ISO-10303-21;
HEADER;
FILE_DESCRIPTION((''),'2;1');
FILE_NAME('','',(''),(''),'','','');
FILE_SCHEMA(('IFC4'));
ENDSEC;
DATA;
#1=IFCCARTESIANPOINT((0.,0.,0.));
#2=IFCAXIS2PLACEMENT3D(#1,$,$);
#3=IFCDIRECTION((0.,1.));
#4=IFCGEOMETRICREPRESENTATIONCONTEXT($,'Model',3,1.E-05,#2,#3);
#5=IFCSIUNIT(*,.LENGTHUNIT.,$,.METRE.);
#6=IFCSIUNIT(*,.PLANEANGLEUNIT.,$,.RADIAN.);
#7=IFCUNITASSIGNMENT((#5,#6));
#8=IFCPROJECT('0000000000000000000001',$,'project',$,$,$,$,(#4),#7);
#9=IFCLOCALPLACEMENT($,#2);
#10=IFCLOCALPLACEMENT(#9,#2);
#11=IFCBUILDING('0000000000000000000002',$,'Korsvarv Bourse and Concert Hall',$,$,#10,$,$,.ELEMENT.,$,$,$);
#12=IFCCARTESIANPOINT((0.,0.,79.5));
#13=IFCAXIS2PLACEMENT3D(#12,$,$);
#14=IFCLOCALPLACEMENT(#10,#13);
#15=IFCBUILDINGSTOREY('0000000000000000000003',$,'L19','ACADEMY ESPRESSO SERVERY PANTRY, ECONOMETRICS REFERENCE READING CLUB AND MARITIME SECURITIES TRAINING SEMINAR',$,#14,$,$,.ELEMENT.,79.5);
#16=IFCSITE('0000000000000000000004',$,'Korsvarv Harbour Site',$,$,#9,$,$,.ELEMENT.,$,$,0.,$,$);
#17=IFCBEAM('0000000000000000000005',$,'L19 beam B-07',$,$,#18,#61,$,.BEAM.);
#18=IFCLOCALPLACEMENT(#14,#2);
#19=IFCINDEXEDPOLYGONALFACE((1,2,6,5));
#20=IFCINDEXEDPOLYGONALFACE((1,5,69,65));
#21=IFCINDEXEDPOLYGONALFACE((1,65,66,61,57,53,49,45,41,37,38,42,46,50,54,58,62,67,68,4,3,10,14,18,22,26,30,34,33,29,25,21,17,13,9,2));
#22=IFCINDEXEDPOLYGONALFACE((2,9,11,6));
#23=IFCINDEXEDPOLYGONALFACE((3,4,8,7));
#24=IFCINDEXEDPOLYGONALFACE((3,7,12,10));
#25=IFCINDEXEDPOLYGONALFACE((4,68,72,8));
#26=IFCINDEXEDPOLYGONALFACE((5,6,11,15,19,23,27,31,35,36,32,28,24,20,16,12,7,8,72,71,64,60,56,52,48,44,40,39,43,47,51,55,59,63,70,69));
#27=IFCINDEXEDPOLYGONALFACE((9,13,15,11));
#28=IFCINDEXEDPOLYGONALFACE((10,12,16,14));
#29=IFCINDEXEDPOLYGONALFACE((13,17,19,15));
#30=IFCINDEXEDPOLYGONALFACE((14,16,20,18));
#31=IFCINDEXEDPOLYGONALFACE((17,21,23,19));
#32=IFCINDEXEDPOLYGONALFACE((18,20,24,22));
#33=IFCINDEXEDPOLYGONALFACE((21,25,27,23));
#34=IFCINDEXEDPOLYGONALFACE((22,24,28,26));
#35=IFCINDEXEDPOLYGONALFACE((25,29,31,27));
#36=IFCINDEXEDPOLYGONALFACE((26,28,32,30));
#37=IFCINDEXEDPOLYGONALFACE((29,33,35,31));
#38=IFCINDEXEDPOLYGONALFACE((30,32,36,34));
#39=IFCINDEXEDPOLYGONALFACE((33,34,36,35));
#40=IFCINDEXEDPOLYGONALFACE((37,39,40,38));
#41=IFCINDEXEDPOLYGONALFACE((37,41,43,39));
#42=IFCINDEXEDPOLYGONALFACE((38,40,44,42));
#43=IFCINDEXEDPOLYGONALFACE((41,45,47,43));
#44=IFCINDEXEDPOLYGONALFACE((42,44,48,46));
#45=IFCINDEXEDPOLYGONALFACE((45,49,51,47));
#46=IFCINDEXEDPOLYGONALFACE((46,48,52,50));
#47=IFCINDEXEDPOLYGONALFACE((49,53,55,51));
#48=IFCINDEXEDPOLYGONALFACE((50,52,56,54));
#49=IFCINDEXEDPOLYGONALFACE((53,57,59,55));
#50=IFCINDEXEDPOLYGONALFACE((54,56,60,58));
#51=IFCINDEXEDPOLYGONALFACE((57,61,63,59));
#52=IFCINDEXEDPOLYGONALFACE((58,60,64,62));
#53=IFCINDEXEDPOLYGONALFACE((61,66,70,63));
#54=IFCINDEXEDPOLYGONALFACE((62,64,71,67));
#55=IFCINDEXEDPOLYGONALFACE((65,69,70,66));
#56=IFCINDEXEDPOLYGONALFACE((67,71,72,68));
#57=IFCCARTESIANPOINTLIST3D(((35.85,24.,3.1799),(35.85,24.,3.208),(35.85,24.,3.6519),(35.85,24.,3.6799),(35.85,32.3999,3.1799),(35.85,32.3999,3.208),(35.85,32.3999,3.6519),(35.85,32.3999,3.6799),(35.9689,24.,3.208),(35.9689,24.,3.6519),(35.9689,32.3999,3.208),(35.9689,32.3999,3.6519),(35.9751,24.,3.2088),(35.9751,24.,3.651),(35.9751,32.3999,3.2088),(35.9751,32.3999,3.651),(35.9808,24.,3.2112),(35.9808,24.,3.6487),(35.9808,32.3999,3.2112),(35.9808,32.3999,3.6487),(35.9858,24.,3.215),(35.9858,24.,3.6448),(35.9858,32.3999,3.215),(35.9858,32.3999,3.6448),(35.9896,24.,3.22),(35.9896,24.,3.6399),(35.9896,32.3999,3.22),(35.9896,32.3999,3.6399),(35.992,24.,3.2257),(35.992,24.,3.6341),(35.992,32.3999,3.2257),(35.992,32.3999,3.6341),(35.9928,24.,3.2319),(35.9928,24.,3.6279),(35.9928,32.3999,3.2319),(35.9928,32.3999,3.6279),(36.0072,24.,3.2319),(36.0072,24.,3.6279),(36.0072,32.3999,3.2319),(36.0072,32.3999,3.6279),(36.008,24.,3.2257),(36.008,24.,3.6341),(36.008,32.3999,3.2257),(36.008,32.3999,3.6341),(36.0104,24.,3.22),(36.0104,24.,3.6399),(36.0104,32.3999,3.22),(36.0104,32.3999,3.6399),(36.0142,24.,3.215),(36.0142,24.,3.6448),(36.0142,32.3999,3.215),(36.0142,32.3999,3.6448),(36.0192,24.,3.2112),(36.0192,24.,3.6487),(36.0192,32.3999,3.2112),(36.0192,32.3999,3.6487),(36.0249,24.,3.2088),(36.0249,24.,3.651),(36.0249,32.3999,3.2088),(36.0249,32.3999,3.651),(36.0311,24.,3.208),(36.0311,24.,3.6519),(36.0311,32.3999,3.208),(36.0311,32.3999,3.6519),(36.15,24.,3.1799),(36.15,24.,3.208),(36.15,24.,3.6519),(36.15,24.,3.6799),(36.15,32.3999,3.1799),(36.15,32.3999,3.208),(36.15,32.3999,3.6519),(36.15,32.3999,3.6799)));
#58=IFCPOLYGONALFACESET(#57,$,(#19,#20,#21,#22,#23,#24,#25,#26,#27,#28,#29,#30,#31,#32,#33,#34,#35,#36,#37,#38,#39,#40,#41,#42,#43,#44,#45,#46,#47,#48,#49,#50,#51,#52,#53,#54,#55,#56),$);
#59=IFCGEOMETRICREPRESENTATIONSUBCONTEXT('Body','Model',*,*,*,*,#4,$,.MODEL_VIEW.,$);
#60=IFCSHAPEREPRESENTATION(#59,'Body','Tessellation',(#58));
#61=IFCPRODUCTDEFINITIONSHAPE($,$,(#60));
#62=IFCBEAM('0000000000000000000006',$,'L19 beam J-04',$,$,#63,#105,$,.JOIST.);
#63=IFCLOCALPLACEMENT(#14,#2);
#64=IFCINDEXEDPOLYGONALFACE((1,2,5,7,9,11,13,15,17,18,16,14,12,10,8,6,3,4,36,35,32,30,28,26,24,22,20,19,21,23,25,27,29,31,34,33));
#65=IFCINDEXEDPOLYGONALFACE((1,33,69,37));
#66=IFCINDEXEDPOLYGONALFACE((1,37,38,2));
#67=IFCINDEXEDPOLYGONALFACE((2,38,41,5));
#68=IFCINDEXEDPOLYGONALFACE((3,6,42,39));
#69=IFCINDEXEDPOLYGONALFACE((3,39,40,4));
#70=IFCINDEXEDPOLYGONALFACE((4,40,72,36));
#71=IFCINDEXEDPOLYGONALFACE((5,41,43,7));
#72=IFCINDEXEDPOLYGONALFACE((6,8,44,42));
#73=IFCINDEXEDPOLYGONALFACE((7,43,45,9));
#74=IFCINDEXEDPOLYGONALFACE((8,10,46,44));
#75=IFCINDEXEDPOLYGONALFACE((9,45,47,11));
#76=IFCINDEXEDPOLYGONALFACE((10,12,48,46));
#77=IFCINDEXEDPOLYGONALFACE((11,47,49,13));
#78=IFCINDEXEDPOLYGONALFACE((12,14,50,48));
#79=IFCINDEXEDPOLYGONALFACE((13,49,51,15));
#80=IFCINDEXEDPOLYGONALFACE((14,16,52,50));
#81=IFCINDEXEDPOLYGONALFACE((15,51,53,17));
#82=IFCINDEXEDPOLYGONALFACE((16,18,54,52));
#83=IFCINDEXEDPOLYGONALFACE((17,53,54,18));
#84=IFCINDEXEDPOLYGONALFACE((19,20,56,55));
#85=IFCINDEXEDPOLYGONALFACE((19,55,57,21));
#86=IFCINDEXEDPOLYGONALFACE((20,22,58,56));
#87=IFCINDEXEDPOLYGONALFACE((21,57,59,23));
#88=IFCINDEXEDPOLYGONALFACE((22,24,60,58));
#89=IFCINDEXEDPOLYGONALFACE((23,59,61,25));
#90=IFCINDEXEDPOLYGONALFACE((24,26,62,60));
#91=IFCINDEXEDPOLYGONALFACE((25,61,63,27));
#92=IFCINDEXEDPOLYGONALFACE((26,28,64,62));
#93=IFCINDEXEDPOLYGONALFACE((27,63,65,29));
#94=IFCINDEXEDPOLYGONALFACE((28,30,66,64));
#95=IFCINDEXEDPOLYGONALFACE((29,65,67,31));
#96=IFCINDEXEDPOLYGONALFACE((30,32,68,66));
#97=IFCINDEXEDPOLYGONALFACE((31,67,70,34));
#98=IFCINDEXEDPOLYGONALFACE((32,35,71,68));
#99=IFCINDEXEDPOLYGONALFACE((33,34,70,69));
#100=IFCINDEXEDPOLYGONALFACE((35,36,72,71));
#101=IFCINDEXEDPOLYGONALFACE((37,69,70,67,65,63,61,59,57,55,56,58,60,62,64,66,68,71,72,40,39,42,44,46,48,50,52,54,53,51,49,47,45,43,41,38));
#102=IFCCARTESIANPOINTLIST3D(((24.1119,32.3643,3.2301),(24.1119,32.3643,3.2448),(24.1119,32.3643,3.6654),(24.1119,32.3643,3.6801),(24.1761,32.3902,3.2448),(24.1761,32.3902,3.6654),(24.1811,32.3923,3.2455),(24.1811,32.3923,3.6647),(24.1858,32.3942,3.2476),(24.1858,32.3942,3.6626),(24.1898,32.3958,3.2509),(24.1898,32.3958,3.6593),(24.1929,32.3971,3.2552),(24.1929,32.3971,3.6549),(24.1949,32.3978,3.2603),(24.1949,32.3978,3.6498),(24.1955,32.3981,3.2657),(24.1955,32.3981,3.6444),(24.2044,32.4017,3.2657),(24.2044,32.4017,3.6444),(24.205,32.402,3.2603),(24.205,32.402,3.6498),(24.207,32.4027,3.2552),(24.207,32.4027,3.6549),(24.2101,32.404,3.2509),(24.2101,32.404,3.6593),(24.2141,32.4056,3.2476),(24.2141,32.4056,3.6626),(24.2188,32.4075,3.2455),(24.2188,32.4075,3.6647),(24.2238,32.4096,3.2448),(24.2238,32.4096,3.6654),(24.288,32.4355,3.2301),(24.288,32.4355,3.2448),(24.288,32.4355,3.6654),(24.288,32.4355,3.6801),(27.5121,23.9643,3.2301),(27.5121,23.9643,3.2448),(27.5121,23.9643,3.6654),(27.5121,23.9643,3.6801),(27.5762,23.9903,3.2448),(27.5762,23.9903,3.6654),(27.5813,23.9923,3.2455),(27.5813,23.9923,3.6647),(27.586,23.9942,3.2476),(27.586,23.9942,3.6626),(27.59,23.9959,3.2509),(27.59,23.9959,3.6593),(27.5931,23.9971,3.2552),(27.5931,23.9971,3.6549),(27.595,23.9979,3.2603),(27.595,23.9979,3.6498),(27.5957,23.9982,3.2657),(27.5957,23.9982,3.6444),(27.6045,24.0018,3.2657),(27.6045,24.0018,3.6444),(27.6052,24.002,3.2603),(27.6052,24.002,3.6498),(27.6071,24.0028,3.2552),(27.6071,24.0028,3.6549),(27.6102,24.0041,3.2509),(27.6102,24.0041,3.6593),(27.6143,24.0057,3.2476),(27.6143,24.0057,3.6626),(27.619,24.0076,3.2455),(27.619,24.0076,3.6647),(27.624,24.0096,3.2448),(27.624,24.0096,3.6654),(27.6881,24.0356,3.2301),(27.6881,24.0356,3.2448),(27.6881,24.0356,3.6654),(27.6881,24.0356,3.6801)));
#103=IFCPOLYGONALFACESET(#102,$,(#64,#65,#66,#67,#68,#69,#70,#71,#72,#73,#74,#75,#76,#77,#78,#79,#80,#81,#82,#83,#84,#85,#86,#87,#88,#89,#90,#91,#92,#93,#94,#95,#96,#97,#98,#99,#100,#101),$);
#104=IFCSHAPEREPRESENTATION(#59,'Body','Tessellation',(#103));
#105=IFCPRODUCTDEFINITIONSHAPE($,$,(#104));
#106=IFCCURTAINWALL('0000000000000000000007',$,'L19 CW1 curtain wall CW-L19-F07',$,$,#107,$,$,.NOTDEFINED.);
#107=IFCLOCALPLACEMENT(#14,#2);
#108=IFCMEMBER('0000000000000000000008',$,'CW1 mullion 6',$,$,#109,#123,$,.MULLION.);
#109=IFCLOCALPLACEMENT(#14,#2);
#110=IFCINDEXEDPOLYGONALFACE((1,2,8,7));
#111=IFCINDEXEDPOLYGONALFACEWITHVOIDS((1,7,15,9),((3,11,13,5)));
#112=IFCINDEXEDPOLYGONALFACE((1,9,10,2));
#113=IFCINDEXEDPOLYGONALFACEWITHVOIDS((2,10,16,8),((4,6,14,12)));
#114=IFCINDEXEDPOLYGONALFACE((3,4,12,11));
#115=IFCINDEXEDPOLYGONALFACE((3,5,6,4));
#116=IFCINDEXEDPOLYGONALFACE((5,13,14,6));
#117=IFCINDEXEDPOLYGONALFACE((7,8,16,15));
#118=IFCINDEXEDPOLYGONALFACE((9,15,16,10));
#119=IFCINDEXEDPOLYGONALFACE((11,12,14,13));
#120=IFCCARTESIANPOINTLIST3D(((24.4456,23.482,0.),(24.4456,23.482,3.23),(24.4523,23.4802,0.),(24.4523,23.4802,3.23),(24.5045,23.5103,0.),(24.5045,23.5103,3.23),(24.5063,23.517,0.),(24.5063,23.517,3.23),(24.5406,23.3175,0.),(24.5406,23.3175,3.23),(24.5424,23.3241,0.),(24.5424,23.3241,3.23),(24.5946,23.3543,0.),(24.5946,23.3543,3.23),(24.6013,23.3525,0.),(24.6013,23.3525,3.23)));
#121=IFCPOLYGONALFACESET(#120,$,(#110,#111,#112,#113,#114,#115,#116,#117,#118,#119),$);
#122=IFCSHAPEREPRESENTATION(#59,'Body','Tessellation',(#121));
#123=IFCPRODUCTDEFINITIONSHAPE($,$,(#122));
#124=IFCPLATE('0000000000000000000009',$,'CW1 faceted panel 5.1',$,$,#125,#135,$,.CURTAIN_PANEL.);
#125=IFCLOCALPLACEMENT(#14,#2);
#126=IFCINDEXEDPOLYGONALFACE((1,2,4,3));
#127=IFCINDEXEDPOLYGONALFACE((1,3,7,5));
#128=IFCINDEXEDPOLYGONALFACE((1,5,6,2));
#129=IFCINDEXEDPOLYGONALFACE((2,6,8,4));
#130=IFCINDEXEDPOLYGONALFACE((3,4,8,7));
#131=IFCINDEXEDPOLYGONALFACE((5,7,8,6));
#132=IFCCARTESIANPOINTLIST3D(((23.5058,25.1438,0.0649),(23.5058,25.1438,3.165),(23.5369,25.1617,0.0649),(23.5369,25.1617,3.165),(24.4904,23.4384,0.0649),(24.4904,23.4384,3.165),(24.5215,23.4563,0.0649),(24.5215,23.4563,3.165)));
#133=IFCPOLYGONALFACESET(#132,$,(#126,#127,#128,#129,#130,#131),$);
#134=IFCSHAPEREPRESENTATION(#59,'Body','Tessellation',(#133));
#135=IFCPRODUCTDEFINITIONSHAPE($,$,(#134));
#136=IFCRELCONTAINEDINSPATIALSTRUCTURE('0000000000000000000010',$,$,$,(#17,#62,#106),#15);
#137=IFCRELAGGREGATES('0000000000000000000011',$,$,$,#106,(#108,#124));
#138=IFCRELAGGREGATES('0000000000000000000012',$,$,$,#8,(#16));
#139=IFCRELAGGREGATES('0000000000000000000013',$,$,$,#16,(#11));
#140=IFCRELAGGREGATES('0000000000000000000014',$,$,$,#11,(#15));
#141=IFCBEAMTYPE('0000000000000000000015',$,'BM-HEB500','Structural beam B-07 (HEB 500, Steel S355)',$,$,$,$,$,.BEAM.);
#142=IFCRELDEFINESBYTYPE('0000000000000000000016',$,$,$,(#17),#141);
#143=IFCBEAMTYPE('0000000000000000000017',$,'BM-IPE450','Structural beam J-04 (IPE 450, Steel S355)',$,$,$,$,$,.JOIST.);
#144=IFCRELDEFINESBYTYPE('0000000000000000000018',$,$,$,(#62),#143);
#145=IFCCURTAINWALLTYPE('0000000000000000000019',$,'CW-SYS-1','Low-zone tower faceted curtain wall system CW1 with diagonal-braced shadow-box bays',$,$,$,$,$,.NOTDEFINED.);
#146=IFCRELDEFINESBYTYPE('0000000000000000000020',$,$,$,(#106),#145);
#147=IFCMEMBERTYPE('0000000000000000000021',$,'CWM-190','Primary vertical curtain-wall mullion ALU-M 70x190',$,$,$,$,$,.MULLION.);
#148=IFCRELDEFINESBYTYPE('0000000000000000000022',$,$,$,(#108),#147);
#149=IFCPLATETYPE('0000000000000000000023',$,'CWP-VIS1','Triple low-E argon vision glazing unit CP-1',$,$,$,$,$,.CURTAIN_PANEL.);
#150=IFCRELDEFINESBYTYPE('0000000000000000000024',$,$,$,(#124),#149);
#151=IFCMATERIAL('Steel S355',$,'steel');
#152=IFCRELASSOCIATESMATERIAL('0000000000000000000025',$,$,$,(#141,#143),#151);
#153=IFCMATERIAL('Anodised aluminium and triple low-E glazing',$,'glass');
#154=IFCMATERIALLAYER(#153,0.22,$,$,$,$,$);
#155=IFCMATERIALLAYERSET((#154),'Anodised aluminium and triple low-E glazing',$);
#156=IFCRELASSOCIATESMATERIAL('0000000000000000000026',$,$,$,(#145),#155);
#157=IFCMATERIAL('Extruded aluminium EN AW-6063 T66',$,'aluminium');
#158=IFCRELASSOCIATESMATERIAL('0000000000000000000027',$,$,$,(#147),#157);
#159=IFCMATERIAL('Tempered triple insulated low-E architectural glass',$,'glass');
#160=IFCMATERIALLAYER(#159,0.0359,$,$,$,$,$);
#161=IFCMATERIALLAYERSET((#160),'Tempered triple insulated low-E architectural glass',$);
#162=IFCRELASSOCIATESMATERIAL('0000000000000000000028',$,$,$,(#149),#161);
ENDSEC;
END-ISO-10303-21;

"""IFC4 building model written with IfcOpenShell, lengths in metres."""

from ifc_helpers import new_model, si_unit, direction, frame, origin, origin_2d, place, context, subcontext, project, spatial, rectangle, hollow_rectangle, i_section, extrude, source, transform, mapped, material, layer, layer_set, material_profile, profile_set, type_object, element, aggregate, save


model = new_model("IFC4")

# Units and contexts
model_context = context("Model", 3, precision=1e-05, world=origin(), true_north=direction((0.0, 1.0)))
body_context = subcontext(model_context, "Body", "Model", "MODEL_VIEW")
ifc_project = project(units=[si_unit("LENGTHUNIT", "METRE"), si_unit("PLANEANGLEUNIT", "RADIAN")], contexts=[model_context])

# Site, building, storey
site_placement = place(None, origin())
site = spatial("IfcSite", under=ifc_project, at=site_placement, Name="Korsvarv Harbour Site", CompositionType="ELEMENT", RefElevation=0.0)
building_placement = place(site_placement, origin())
building = spatial("IfcBuilding", under=site, at=building_placement, Name="Korsvarv Bourse and Concert Hall", CompositionType="ELEMENT")
storey_placement = place(building_placement, frame((0.0, 0.0, 79.5)))
storey = spatial("IfcBuildingStorey", under=building, at=storey_placement, Name="L19", Description="ACADEMY ESPRESSO SERVERY PANTRY, ECONOMETRICS REFERENCE READING CLUB AND MARITIME SECURITIES TRAINING SEMINAR", CompositionType="ELEMENT", Elevation=79.5)

# Beams
ifc_material_1 = material(Name="Steel S355", Category="steel")
ifc_material_profile_1 = material_profile(ifc_material_1, i_section(OverallWidth=0.3, OverallDepth=0.5, WebThickness=0.0144, FlangeThickness=0.0281, FilletRadius=0.0239, at=origin_2d()), Name="HEB 500")
ifc_profile_set_1 = profile_set([ifc_material_profile_1], Name="Steel S355")
beam_type_1 = type_object("IfcBeamType", Name="BM-HEB500", Description="Structural beam B-07 (HEB 500, Steel S355)", PredefinedType="BEAM", material=ifc_profile_set_1)
shared_shape_1 = source(origin(), body_context, "Body", "SweptSolid", [
    extrude(i_section(OverallWidth=0.3, OverallDepth=0.5, WebThickness=0.0144, FlangeThickness=0.0281, FilletRadius=0.0239, at=origin_2d()), origin(), (0.0, 0.0, 1.0), 8.3999),
])
for number, where, z_axis, x_axis, name in (
    (1, (36.0, 24.0, 3.4299), (0.0, 1.0, 0.0), (-1.0, 0.0, 0.0), "L19 beam B-07"),
):
    element("IfcBeam", number, at=place(storey_placement, frame(where, z_axis=z_axis, x_axis=x_axis)), inside=storey, type_object=beam_type_1, Name=name, PredefinedType="BEAM", context=body_context, shape_type="MappedRepresentation", body=[
        mapped(shared_shape_1, transform((0.0, 0.0, 0.0), scale=1.0)),
    ])
ifc_material_profile_2 = material_profile(ifc_material_1, i_section(OverallWidth=0.1899, OverallDepth=0.45, WebThickness=0.0095, FlangeThickness=0.0146, FilletRadius=0.021, at=origin_2d()), Name="IPE 450")
ifc_profile_set_2 = profile_set([ifc_material_profile_2], Name="Steel S355")
beam_type_2 = type_object("IfcBeamType", Name="BM-IPE450", Description="Structural beam J-04 (IPE 450, Steel S355)", PredefinedType="JOIST", material=ifc_profile_set_2)
shared_shape_2 = source(origin(), body_context, "Body", "SweptSolid", [
    extrude(i_section(OverallWidth=0.1899, OverallDepth=0.45, WebThickness=0.0095, FlangeThickness=0.0146, FilletRadius=0.021, at=origin_2d()), origin(), (0.0, 0.0, 1.0), 9.062),
])
beam_1_placement = place(storey_placement, frame((24.2, 32.3999, 3.4551), z_axis=(0.37521, -0.92694, 0.0), x_axis=(0.92694, 0.37521, 0.0)))
element("IfcBeam", 2, at=beam_1_placement, inside=storey, type_object=beam_type_2, Name="L19 beam J-04", PredefinedType="JOIST", context=body_context, shape_type="MappedRepresentation", body=[
    mapped(shared_shape_2, transform((0.0, 0.0, 0.0), scale=1.0)),
])

# Curtain wall, member, plate
ifc_material_2 = material(Name="Anodised aluminium and triple low-E glazing", Category="glass")
ifc_layer_1 = layer(ifc_material_2, 0.22)
ifc_layer_set_1 = layer_set([ifc_layer_1], Name="Anodised aluminium and triple low-E glazing")
curtain_wall_type = type_object("IfcCurtainWallType", Name="CW-SYS-1", Description="Low-zone tower faceted curtain wall system CW1 with diagonal-braced shadow-box bays", PredefinedType="NOTDEFINED", material=ifc_layer_set_1)
curtain_wall_placement = place(storey_placement, origin())
curtain_wall = element("IfcCurtainWall", 3, at=curtain_wall_placement, inside=storey, type_object=curtain_wall_type, Name="L19 CW1 curtain wall CW-L19-F07", PredefinedType="NOTDEFINED")
ifc_material_3 = material(Name="Extruded aluminium EN AW-6063 T66", Category="aluminium")
ifc_material_profile_3 = material_profile(ifc_material_3, hollow_rectangle(XDim=0.0701, YDim=0.1899, WallThickness=0.0049, at=origin_2d()), Name="ALU-M 70x190")
ifc_profile_set_3 = profile_set([ifc_material_profile_3], Name="Extruded aluminium EN AW-6063 T66")
member_type = type_object("IfcMemberType", Name="CWM-190", Description="Primary vertical curtain-wall mullion ALU-M 70x190", PredefinedType="MULLION", material=ifc_profile_set_3)
shared_shape_3 = source(origin(), body_context, "Body", "SweptSolid", [
    extrude(hollow_rectangle(XDim=0.0701, YDim=0.1899, WallThickness=0.0049, at=origin_2d()), origin(), (0.0, 0.0, 1.0), 3.23),
])
member_placement = place(storey_placement, frame((24.5234, 23.4172, 0.0), z_axis=(0.0, 0.0, 1.0), x_axis=(0.866024, 0.500002, 0.0)))
member = element("IfcMember", 4, at=member_placement, type_object=member_type, Name="CW1 mullion 6", PredefinedType="MULLION", context=body_context, shape_type="MappedRepresentation", body=[
    mapped(shared_shape_3, transform((0.0, 0.0, 0.0), scale=1.0)),
])
ifc_material_4 = material(Name="Tempered triple insulated low-E architectural glass", Category="glass")
ifc_layer_2 = layer(ifc_material_4, 0.0359)
ifc_layer_set_2 = layer_set([ifc_layer_2], Name="Tempered triple insulated low-E architectural glass")
plate_type = type_object("IfcPlateType", Name="CWP-VIS1", Description="Triple low-E argon vision glazing unit CP-1", PredefinedType="CURTAIN_PANEL", material=ifc_layer_set_2)
shared_shape_4 = source(origin(), body_context, "Body", "SweptSolid", [
    extrude(rectangle(XDim=1.9692, YDim=0.0359, at=origin_2d()), origin(), (0.0, 0.0, 1.0), 3.1001),
])
plate_placement = place(storey_placement, frame((24.0137, 24.3, 0.0649), z_axis=(0.0, 0.0, 1.0), x_axis=(0.500002, -0.866024, 0.0)))
plate = element("IfcPlate", 5, at=plate_placement, type_object=plate_type, Name="CW1 faceted panel 5.1", PredefinedType="CURTAIN_PANEL", context=body_context, shape_type="MappedRepresentation", body=[
    mapped(shared_shape_4, transform((0.0, 0.0, 0.0), scale=1.0)),
])
aggregate(curtain_wall, [member, plate])

save(model, "model.ifc")
